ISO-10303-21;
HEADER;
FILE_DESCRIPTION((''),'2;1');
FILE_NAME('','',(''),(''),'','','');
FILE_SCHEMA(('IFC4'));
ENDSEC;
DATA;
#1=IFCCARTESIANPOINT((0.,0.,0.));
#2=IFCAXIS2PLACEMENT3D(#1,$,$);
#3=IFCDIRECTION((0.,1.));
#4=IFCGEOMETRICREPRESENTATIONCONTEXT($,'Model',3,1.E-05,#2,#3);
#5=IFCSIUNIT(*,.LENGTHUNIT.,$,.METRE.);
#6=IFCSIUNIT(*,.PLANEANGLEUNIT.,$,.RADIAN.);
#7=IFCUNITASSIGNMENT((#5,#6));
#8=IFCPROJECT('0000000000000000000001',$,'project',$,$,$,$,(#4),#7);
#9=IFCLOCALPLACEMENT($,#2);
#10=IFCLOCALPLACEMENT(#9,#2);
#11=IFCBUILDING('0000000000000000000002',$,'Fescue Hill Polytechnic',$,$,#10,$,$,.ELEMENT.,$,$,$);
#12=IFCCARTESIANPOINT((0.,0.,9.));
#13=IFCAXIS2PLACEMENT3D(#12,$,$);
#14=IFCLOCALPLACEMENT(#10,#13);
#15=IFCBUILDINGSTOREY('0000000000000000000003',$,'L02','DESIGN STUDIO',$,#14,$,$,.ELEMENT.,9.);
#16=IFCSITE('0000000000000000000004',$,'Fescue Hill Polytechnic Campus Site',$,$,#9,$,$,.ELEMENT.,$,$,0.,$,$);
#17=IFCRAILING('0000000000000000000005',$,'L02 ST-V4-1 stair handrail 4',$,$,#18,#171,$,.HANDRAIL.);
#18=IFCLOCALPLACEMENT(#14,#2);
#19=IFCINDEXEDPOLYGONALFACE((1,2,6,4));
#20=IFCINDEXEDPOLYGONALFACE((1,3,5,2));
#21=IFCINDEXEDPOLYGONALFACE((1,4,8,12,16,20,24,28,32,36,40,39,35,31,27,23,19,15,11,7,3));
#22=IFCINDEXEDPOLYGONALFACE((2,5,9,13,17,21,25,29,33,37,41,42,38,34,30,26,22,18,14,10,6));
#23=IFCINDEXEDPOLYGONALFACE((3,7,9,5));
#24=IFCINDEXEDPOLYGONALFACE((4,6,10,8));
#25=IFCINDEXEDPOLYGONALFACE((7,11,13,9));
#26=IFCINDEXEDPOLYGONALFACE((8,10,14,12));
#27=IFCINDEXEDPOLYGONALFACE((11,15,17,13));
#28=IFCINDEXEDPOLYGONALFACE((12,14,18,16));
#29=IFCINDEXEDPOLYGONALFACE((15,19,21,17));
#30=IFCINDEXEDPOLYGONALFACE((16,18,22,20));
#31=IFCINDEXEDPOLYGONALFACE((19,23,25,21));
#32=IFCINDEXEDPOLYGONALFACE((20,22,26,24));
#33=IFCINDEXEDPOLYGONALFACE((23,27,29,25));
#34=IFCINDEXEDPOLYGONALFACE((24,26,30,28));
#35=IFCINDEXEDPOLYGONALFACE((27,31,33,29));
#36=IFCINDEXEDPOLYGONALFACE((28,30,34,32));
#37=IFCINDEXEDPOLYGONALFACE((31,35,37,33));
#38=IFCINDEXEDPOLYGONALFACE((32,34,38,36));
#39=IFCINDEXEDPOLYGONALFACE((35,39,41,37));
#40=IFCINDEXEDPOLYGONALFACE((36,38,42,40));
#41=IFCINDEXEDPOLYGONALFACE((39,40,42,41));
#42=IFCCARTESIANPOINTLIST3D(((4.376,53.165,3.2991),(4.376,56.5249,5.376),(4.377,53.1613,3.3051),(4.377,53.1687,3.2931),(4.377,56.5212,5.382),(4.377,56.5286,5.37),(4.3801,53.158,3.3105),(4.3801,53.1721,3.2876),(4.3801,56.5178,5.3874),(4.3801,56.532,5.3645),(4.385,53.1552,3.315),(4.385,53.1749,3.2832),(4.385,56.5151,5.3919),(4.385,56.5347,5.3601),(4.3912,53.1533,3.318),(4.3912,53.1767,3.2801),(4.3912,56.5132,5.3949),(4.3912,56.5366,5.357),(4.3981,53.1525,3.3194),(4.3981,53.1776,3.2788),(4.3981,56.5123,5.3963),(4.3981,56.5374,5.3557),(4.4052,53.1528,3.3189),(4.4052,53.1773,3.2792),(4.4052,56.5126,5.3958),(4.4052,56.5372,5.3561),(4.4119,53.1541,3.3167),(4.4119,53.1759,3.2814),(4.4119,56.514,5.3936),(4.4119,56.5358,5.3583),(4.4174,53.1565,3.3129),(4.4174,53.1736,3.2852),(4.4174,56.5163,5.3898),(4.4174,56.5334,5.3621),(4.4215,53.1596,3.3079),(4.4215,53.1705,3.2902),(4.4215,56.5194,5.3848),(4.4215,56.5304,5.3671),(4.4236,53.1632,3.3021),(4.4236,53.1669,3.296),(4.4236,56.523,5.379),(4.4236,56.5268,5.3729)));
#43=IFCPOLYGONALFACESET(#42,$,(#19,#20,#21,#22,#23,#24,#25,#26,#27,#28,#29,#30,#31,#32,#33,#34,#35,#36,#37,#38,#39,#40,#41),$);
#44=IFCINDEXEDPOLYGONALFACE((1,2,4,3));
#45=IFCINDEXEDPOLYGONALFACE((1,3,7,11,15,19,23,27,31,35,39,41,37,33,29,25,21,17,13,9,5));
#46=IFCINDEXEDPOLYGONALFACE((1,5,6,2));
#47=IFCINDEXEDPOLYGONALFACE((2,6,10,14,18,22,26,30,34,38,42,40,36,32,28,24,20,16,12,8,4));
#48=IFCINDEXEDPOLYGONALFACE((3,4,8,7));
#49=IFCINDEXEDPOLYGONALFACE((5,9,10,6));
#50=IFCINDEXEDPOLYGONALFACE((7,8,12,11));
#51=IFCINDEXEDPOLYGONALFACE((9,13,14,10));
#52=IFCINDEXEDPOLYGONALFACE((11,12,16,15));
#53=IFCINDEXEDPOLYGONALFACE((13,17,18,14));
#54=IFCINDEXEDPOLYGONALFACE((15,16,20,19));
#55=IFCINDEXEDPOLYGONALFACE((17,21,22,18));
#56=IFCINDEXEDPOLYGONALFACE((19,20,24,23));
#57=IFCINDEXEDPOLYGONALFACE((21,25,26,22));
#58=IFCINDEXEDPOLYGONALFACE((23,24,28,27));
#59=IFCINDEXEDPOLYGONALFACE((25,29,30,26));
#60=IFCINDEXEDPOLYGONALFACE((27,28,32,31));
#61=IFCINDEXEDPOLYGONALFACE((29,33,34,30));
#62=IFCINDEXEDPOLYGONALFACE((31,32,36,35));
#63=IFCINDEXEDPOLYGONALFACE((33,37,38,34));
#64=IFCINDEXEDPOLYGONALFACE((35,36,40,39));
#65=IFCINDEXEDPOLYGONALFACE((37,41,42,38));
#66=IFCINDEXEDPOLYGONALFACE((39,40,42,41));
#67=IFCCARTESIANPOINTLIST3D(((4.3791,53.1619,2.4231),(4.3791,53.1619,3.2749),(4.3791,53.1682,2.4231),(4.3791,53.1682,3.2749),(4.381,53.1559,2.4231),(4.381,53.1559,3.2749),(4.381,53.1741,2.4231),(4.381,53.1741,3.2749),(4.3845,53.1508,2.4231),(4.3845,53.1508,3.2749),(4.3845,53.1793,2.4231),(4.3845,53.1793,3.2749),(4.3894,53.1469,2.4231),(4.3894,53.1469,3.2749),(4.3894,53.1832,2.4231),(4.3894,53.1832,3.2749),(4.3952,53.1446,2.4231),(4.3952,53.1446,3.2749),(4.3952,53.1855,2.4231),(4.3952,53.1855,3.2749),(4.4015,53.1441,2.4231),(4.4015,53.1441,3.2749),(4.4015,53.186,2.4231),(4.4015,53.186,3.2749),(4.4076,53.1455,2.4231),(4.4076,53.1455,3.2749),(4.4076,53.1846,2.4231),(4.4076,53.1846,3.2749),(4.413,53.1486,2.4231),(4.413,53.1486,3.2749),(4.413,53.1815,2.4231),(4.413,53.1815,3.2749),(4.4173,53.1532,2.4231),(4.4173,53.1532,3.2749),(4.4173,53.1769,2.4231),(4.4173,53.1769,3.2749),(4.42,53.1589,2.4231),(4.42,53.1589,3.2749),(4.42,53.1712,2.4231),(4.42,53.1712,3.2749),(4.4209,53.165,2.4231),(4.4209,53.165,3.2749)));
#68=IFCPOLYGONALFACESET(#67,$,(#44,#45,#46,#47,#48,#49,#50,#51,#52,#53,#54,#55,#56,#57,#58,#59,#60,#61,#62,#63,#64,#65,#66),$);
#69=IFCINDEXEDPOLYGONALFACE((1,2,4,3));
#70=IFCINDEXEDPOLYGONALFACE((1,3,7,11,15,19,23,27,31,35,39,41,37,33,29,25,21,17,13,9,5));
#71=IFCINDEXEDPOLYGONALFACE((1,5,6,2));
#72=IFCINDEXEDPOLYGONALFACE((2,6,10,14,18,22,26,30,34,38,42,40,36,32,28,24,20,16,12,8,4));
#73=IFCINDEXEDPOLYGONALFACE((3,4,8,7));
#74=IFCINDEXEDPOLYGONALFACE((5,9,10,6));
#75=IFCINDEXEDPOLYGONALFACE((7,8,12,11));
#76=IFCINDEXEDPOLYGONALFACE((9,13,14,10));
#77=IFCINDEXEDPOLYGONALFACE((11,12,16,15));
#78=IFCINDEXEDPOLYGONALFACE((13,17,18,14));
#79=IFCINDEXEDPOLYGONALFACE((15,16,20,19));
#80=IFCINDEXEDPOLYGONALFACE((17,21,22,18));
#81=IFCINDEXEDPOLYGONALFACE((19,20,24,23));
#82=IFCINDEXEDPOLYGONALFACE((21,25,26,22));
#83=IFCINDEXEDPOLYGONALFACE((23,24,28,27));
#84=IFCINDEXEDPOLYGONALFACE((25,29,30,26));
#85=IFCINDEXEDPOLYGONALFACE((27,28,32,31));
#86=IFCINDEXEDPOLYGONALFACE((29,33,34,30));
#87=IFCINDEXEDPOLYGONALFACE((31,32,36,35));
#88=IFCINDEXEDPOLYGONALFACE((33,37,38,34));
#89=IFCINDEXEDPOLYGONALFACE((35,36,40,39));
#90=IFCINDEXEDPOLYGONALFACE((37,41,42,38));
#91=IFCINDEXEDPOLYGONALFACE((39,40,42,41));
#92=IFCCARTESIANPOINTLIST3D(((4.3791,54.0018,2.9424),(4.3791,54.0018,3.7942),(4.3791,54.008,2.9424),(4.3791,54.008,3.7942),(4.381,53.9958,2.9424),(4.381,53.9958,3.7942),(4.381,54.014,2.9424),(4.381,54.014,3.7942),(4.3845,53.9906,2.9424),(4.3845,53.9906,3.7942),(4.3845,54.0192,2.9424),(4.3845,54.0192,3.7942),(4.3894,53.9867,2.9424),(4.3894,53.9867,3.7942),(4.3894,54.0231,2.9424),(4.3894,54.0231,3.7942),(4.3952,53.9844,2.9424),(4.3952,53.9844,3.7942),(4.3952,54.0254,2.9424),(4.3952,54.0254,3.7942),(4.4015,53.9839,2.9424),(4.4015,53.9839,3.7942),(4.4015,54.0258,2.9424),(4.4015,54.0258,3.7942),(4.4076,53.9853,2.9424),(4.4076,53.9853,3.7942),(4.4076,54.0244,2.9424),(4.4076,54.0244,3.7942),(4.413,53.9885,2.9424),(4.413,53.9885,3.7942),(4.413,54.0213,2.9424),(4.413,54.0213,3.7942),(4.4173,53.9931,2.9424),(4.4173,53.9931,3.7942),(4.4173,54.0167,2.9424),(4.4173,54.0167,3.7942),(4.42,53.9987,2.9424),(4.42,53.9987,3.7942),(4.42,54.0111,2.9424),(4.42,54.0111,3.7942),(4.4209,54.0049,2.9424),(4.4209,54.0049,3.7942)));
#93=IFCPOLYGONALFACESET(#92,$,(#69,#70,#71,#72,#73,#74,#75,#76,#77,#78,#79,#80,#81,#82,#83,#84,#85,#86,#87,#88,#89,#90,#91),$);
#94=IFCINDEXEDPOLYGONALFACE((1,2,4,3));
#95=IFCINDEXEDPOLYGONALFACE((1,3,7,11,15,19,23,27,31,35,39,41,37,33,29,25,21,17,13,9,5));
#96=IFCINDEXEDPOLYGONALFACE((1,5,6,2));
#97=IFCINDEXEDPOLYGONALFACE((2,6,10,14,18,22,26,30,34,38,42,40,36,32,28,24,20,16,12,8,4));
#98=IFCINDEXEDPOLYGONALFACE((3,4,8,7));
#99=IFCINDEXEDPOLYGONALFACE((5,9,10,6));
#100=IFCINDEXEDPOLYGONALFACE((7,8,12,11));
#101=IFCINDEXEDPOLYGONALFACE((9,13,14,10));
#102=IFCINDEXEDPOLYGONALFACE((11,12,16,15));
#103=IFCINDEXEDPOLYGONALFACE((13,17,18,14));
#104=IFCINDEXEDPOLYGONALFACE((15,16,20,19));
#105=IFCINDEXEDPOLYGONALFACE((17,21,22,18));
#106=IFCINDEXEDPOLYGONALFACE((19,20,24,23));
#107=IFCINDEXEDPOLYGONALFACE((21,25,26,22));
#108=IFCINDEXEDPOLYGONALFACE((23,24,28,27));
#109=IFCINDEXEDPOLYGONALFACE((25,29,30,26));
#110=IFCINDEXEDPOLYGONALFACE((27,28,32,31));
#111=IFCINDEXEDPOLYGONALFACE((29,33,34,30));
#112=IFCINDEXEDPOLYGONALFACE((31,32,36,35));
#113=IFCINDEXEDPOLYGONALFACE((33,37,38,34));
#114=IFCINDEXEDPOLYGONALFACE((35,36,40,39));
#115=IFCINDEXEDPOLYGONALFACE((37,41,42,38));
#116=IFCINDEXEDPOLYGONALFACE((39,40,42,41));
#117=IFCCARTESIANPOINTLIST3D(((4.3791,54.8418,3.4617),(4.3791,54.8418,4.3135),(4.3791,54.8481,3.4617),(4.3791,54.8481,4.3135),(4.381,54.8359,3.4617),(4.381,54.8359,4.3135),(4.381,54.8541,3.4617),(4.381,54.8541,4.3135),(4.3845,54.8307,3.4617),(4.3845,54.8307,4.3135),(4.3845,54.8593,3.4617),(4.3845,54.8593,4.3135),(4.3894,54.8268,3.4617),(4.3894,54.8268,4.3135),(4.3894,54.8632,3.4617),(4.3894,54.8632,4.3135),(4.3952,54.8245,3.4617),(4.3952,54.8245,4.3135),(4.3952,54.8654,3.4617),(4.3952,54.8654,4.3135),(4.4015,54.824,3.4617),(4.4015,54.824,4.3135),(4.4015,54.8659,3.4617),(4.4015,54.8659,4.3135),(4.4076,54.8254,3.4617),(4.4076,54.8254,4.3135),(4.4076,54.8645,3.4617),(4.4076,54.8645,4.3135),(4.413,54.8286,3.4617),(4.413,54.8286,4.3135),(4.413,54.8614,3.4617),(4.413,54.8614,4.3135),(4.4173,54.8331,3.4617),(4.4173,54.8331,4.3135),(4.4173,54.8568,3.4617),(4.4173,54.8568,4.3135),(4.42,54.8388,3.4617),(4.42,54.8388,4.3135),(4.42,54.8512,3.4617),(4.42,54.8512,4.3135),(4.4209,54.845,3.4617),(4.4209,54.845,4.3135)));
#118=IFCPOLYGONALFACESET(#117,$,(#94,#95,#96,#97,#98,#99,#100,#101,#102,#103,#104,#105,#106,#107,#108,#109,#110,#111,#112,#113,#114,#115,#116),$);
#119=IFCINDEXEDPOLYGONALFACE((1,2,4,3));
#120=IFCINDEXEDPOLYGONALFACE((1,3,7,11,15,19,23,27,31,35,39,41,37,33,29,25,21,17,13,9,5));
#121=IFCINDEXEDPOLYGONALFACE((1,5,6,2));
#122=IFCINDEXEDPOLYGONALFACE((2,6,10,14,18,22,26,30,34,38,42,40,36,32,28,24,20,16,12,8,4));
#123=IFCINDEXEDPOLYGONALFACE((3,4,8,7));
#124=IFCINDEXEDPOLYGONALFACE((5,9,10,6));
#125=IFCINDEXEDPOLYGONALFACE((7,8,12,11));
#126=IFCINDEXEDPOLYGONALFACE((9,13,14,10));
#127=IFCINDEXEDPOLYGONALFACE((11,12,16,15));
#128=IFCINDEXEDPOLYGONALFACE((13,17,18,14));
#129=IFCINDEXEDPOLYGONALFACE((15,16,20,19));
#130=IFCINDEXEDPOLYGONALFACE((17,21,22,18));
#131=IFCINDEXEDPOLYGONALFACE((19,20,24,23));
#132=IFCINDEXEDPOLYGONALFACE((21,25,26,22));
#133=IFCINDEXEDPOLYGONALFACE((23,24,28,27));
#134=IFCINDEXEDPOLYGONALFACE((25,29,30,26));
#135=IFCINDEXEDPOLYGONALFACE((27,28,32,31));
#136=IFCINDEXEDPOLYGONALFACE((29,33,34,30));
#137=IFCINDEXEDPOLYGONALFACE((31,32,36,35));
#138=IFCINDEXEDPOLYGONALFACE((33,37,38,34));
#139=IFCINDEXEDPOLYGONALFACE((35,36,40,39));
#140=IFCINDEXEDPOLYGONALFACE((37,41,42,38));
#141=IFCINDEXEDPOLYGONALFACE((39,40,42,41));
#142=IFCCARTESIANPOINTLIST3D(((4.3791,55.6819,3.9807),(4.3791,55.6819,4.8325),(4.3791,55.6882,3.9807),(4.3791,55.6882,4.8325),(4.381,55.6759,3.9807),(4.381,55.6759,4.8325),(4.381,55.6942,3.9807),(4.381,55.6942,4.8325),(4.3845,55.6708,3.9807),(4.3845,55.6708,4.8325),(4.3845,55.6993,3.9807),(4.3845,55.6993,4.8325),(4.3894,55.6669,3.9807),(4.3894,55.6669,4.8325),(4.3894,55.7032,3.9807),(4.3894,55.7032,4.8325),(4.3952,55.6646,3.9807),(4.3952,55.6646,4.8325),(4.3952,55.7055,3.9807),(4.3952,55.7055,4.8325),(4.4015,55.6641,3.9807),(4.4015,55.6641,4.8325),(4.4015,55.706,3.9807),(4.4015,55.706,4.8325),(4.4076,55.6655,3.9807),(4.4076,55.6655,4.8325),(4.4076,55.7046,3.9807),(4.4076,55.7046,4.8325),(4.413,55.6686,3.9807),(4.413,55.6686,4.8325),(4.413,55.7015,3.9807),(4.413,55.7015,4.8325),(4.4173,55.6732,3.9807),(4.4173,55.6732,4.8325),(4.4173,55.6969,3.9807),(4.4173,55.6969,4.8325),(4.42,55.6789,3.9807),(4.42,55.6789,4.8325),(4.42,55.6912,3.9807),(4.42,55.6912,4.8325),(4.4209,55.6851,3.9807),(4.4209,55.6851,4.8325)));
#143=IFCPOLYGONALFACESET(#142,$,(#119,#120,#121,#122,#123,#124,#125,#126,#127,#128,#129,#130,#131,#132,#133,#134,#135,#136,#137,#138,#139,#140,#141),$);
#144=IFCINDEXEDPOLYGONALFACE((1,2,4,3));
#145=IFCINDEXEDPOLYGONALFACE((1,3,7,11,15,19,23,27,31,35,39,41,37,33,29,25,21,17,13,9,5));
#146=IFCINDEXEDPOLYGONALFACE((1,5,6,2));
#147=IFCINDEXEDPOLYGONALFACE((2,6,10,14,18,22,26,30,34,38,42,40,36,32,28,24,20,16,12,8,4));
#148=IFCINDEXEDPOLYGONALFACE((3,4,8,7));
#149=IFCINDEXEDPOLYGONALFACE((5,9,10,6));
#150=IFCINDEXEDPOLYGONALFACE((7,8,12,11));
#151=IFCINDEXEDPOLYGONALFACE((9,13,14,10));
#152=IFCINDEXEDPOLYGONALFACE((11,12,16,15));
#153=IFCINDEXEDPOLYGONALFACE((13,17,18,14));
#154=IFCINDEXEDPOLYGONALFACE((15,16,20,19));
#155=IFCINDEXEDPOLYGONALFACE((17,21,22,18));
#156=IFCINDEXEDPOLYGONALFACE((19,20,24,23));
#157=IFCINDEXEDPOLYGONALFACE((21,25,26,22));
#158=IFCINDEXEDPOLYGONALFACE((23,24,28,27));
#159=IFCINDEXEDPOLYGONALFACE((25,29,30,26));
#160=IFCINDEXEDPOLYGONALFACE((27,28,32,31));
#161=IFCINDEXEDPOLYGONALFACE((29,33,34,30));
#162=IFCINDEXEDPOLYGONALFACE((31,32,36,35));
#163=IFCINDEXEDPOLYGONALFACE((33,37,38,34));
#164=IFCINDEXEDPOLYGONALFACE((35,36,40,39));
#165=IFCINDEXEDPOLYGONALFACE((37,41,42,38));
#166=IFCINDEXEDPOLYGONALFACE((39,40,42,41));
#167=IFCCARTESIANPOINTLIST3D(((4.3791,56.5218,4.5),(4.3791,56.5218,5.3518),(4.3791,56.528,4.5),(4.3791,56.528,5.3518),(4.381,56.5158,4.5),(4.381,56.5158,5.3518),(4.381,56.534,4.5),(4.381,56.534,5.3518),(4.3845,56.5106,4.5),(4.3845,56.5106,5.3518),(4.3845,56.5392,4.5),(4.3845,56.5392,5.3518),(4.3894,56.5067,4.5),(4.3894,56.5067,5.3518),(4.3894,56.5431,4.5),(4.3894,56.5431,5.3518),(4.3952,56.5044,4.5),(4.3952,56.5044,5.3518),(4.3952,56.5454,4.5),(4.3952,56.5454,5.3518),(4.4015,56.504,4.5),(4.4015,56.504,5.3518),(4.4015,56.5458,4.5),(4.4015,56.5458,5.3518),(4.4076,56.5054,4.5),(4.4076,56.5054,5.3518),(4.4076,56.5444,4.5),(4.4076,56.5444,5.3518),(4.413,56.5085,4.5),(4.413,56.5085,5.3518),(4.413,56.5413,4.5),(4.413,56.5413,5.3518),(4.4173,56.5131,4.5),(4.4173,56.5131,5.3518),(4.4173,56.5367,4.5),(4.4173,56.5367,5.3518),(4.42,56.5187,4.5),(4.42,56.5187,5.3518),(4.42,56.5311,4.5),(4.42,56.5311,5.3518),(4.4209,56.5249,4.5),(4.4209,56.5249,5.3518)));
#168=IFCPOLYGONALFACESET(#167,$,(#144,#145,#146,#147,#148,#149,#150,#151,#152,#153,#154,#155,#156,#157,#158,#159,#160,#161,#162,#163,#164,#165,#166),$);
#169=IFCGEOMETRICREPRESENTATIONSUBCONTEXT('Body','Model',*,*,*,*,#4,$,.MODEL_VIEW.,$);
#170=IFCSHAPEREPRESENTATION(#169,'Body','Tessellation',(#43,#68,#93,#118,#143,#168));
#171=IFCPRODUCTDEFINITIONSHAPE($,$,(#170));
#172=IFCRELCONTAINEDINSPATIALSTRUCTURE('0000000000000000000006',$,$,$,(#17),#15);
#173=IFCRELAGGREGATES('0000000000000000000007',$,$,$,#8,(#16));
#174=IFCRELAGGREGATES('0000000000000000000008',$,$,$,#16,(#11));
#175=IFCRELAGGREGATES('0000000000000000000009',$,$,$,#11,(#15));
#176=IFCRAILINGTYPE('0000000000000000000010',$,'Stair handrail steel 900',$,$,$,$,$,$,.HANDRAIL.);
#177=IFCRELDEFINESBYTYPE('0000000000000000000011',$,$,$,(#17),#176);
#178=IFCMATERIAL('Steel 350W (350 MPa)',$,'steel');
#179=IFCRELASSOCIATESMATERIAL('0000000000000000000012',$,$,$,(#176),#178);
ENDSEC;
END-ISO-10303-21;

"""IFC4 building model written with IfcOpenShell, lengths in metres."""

from ifc_helpers import new_model, si_unit, direction, frame, origin, origin_2d, place, context, subcontext, project, spatial, circle, extrude, material, type_object, element, save


model = new_model("IFC4")

# Units and contexts
model_context = context("Model", 3, precision=1e-05, world=origin(), true_north=direction((0.0, 1.0)))
body_context = subcontext(model_context, "Body", "Model", "MODEL_VIEW")
ifc_project = project(units=[si_unit("LENGTHUNIT", "METRE"), si_unit("PLANEANGLEUNIT", "RADIAN")], contexts=[model_context])

# Site, building, storey
site_placement = place(None, origin())
site = spatial("IfcSite", under=ifc_project, at=site_placement, Name="Fescue Hill Polytechnic Campus Site", CompositionType="ELEMENT", RefElevation=0.0)
building_placement = place(site_placement, origin())
building = spatial("IfcBuilding", under=site, at=building_placement, Name="Fescue Hill Polytechnic", CompositionType="ELEMENT")
storey_placement = place(building_placement, frame((0.0, 0.0, 9.0)))
storey = spatial("IfcBuildingStorey", under=building, at=storey_placement, Name="L02", Description="DESIGN STUDIO", CompositionType="ELEMENT", Elevation=9.0)

# Railing
ifc_material_1 = material(Name="Steel 350W (350 MPa)", Category="steel")
railing_type_1 = type_object("IfcRailingType", Name="Stair handrail steel 900", PredefinedType="HANDRAIL", material=ifc_material_1)
for number, where, name in (
    (1, (4.3999, 53.165, 2.4231), "L02 ST-V4-1 stair handrail 4"),
):
    element("IfcRailing", number, at=place(storey_placement, frame(where)), inside=storey, type_object=railing_type_1, Name=name, PredefinedType="HANDRAIL", context=body_context, shape_type="SweptSolid", body=[
        extrude(circle(Radius=0.0239, at=origin_2d()), frame((0.0, 0.0, 0.876), z_axis=(0.0, 0.850606, 0.525803), x_axis=(-1.0, 0.0, 0.0)), (0.0, 0.0, 1.0), 3.95),
        extrude(circle(Radius=0.021, at=origin_2d()), origin(), (0.0, 0.0, 1.0), 0.8518),
        extrude(circle(Radius=0.021, at=origin_2d()), frame((0.0, 0.8398, 0.5193)), (0.0, 0.0, 1.0), 0.8518),
        extrude(circle(Radius=0.021, at=origin_2d()), frame((0.0, 1.6799, 1.0386)), (0.0, 0.0, 1.0), 0.8518),
        extrude(circle(Radius=0.021, at=origin_2d()), frame((0.0, 2.52, 1.5576)), (0.0, 0.0, 1.0), 0.8518),
        extrude(circle(Radius=0.021, at=origin_2d()), frame((0.0, 3.3599, 2.0769)), (0.0, 0.0, 1.0), 0.8518),
    ])

save(model, "model.ifc")
